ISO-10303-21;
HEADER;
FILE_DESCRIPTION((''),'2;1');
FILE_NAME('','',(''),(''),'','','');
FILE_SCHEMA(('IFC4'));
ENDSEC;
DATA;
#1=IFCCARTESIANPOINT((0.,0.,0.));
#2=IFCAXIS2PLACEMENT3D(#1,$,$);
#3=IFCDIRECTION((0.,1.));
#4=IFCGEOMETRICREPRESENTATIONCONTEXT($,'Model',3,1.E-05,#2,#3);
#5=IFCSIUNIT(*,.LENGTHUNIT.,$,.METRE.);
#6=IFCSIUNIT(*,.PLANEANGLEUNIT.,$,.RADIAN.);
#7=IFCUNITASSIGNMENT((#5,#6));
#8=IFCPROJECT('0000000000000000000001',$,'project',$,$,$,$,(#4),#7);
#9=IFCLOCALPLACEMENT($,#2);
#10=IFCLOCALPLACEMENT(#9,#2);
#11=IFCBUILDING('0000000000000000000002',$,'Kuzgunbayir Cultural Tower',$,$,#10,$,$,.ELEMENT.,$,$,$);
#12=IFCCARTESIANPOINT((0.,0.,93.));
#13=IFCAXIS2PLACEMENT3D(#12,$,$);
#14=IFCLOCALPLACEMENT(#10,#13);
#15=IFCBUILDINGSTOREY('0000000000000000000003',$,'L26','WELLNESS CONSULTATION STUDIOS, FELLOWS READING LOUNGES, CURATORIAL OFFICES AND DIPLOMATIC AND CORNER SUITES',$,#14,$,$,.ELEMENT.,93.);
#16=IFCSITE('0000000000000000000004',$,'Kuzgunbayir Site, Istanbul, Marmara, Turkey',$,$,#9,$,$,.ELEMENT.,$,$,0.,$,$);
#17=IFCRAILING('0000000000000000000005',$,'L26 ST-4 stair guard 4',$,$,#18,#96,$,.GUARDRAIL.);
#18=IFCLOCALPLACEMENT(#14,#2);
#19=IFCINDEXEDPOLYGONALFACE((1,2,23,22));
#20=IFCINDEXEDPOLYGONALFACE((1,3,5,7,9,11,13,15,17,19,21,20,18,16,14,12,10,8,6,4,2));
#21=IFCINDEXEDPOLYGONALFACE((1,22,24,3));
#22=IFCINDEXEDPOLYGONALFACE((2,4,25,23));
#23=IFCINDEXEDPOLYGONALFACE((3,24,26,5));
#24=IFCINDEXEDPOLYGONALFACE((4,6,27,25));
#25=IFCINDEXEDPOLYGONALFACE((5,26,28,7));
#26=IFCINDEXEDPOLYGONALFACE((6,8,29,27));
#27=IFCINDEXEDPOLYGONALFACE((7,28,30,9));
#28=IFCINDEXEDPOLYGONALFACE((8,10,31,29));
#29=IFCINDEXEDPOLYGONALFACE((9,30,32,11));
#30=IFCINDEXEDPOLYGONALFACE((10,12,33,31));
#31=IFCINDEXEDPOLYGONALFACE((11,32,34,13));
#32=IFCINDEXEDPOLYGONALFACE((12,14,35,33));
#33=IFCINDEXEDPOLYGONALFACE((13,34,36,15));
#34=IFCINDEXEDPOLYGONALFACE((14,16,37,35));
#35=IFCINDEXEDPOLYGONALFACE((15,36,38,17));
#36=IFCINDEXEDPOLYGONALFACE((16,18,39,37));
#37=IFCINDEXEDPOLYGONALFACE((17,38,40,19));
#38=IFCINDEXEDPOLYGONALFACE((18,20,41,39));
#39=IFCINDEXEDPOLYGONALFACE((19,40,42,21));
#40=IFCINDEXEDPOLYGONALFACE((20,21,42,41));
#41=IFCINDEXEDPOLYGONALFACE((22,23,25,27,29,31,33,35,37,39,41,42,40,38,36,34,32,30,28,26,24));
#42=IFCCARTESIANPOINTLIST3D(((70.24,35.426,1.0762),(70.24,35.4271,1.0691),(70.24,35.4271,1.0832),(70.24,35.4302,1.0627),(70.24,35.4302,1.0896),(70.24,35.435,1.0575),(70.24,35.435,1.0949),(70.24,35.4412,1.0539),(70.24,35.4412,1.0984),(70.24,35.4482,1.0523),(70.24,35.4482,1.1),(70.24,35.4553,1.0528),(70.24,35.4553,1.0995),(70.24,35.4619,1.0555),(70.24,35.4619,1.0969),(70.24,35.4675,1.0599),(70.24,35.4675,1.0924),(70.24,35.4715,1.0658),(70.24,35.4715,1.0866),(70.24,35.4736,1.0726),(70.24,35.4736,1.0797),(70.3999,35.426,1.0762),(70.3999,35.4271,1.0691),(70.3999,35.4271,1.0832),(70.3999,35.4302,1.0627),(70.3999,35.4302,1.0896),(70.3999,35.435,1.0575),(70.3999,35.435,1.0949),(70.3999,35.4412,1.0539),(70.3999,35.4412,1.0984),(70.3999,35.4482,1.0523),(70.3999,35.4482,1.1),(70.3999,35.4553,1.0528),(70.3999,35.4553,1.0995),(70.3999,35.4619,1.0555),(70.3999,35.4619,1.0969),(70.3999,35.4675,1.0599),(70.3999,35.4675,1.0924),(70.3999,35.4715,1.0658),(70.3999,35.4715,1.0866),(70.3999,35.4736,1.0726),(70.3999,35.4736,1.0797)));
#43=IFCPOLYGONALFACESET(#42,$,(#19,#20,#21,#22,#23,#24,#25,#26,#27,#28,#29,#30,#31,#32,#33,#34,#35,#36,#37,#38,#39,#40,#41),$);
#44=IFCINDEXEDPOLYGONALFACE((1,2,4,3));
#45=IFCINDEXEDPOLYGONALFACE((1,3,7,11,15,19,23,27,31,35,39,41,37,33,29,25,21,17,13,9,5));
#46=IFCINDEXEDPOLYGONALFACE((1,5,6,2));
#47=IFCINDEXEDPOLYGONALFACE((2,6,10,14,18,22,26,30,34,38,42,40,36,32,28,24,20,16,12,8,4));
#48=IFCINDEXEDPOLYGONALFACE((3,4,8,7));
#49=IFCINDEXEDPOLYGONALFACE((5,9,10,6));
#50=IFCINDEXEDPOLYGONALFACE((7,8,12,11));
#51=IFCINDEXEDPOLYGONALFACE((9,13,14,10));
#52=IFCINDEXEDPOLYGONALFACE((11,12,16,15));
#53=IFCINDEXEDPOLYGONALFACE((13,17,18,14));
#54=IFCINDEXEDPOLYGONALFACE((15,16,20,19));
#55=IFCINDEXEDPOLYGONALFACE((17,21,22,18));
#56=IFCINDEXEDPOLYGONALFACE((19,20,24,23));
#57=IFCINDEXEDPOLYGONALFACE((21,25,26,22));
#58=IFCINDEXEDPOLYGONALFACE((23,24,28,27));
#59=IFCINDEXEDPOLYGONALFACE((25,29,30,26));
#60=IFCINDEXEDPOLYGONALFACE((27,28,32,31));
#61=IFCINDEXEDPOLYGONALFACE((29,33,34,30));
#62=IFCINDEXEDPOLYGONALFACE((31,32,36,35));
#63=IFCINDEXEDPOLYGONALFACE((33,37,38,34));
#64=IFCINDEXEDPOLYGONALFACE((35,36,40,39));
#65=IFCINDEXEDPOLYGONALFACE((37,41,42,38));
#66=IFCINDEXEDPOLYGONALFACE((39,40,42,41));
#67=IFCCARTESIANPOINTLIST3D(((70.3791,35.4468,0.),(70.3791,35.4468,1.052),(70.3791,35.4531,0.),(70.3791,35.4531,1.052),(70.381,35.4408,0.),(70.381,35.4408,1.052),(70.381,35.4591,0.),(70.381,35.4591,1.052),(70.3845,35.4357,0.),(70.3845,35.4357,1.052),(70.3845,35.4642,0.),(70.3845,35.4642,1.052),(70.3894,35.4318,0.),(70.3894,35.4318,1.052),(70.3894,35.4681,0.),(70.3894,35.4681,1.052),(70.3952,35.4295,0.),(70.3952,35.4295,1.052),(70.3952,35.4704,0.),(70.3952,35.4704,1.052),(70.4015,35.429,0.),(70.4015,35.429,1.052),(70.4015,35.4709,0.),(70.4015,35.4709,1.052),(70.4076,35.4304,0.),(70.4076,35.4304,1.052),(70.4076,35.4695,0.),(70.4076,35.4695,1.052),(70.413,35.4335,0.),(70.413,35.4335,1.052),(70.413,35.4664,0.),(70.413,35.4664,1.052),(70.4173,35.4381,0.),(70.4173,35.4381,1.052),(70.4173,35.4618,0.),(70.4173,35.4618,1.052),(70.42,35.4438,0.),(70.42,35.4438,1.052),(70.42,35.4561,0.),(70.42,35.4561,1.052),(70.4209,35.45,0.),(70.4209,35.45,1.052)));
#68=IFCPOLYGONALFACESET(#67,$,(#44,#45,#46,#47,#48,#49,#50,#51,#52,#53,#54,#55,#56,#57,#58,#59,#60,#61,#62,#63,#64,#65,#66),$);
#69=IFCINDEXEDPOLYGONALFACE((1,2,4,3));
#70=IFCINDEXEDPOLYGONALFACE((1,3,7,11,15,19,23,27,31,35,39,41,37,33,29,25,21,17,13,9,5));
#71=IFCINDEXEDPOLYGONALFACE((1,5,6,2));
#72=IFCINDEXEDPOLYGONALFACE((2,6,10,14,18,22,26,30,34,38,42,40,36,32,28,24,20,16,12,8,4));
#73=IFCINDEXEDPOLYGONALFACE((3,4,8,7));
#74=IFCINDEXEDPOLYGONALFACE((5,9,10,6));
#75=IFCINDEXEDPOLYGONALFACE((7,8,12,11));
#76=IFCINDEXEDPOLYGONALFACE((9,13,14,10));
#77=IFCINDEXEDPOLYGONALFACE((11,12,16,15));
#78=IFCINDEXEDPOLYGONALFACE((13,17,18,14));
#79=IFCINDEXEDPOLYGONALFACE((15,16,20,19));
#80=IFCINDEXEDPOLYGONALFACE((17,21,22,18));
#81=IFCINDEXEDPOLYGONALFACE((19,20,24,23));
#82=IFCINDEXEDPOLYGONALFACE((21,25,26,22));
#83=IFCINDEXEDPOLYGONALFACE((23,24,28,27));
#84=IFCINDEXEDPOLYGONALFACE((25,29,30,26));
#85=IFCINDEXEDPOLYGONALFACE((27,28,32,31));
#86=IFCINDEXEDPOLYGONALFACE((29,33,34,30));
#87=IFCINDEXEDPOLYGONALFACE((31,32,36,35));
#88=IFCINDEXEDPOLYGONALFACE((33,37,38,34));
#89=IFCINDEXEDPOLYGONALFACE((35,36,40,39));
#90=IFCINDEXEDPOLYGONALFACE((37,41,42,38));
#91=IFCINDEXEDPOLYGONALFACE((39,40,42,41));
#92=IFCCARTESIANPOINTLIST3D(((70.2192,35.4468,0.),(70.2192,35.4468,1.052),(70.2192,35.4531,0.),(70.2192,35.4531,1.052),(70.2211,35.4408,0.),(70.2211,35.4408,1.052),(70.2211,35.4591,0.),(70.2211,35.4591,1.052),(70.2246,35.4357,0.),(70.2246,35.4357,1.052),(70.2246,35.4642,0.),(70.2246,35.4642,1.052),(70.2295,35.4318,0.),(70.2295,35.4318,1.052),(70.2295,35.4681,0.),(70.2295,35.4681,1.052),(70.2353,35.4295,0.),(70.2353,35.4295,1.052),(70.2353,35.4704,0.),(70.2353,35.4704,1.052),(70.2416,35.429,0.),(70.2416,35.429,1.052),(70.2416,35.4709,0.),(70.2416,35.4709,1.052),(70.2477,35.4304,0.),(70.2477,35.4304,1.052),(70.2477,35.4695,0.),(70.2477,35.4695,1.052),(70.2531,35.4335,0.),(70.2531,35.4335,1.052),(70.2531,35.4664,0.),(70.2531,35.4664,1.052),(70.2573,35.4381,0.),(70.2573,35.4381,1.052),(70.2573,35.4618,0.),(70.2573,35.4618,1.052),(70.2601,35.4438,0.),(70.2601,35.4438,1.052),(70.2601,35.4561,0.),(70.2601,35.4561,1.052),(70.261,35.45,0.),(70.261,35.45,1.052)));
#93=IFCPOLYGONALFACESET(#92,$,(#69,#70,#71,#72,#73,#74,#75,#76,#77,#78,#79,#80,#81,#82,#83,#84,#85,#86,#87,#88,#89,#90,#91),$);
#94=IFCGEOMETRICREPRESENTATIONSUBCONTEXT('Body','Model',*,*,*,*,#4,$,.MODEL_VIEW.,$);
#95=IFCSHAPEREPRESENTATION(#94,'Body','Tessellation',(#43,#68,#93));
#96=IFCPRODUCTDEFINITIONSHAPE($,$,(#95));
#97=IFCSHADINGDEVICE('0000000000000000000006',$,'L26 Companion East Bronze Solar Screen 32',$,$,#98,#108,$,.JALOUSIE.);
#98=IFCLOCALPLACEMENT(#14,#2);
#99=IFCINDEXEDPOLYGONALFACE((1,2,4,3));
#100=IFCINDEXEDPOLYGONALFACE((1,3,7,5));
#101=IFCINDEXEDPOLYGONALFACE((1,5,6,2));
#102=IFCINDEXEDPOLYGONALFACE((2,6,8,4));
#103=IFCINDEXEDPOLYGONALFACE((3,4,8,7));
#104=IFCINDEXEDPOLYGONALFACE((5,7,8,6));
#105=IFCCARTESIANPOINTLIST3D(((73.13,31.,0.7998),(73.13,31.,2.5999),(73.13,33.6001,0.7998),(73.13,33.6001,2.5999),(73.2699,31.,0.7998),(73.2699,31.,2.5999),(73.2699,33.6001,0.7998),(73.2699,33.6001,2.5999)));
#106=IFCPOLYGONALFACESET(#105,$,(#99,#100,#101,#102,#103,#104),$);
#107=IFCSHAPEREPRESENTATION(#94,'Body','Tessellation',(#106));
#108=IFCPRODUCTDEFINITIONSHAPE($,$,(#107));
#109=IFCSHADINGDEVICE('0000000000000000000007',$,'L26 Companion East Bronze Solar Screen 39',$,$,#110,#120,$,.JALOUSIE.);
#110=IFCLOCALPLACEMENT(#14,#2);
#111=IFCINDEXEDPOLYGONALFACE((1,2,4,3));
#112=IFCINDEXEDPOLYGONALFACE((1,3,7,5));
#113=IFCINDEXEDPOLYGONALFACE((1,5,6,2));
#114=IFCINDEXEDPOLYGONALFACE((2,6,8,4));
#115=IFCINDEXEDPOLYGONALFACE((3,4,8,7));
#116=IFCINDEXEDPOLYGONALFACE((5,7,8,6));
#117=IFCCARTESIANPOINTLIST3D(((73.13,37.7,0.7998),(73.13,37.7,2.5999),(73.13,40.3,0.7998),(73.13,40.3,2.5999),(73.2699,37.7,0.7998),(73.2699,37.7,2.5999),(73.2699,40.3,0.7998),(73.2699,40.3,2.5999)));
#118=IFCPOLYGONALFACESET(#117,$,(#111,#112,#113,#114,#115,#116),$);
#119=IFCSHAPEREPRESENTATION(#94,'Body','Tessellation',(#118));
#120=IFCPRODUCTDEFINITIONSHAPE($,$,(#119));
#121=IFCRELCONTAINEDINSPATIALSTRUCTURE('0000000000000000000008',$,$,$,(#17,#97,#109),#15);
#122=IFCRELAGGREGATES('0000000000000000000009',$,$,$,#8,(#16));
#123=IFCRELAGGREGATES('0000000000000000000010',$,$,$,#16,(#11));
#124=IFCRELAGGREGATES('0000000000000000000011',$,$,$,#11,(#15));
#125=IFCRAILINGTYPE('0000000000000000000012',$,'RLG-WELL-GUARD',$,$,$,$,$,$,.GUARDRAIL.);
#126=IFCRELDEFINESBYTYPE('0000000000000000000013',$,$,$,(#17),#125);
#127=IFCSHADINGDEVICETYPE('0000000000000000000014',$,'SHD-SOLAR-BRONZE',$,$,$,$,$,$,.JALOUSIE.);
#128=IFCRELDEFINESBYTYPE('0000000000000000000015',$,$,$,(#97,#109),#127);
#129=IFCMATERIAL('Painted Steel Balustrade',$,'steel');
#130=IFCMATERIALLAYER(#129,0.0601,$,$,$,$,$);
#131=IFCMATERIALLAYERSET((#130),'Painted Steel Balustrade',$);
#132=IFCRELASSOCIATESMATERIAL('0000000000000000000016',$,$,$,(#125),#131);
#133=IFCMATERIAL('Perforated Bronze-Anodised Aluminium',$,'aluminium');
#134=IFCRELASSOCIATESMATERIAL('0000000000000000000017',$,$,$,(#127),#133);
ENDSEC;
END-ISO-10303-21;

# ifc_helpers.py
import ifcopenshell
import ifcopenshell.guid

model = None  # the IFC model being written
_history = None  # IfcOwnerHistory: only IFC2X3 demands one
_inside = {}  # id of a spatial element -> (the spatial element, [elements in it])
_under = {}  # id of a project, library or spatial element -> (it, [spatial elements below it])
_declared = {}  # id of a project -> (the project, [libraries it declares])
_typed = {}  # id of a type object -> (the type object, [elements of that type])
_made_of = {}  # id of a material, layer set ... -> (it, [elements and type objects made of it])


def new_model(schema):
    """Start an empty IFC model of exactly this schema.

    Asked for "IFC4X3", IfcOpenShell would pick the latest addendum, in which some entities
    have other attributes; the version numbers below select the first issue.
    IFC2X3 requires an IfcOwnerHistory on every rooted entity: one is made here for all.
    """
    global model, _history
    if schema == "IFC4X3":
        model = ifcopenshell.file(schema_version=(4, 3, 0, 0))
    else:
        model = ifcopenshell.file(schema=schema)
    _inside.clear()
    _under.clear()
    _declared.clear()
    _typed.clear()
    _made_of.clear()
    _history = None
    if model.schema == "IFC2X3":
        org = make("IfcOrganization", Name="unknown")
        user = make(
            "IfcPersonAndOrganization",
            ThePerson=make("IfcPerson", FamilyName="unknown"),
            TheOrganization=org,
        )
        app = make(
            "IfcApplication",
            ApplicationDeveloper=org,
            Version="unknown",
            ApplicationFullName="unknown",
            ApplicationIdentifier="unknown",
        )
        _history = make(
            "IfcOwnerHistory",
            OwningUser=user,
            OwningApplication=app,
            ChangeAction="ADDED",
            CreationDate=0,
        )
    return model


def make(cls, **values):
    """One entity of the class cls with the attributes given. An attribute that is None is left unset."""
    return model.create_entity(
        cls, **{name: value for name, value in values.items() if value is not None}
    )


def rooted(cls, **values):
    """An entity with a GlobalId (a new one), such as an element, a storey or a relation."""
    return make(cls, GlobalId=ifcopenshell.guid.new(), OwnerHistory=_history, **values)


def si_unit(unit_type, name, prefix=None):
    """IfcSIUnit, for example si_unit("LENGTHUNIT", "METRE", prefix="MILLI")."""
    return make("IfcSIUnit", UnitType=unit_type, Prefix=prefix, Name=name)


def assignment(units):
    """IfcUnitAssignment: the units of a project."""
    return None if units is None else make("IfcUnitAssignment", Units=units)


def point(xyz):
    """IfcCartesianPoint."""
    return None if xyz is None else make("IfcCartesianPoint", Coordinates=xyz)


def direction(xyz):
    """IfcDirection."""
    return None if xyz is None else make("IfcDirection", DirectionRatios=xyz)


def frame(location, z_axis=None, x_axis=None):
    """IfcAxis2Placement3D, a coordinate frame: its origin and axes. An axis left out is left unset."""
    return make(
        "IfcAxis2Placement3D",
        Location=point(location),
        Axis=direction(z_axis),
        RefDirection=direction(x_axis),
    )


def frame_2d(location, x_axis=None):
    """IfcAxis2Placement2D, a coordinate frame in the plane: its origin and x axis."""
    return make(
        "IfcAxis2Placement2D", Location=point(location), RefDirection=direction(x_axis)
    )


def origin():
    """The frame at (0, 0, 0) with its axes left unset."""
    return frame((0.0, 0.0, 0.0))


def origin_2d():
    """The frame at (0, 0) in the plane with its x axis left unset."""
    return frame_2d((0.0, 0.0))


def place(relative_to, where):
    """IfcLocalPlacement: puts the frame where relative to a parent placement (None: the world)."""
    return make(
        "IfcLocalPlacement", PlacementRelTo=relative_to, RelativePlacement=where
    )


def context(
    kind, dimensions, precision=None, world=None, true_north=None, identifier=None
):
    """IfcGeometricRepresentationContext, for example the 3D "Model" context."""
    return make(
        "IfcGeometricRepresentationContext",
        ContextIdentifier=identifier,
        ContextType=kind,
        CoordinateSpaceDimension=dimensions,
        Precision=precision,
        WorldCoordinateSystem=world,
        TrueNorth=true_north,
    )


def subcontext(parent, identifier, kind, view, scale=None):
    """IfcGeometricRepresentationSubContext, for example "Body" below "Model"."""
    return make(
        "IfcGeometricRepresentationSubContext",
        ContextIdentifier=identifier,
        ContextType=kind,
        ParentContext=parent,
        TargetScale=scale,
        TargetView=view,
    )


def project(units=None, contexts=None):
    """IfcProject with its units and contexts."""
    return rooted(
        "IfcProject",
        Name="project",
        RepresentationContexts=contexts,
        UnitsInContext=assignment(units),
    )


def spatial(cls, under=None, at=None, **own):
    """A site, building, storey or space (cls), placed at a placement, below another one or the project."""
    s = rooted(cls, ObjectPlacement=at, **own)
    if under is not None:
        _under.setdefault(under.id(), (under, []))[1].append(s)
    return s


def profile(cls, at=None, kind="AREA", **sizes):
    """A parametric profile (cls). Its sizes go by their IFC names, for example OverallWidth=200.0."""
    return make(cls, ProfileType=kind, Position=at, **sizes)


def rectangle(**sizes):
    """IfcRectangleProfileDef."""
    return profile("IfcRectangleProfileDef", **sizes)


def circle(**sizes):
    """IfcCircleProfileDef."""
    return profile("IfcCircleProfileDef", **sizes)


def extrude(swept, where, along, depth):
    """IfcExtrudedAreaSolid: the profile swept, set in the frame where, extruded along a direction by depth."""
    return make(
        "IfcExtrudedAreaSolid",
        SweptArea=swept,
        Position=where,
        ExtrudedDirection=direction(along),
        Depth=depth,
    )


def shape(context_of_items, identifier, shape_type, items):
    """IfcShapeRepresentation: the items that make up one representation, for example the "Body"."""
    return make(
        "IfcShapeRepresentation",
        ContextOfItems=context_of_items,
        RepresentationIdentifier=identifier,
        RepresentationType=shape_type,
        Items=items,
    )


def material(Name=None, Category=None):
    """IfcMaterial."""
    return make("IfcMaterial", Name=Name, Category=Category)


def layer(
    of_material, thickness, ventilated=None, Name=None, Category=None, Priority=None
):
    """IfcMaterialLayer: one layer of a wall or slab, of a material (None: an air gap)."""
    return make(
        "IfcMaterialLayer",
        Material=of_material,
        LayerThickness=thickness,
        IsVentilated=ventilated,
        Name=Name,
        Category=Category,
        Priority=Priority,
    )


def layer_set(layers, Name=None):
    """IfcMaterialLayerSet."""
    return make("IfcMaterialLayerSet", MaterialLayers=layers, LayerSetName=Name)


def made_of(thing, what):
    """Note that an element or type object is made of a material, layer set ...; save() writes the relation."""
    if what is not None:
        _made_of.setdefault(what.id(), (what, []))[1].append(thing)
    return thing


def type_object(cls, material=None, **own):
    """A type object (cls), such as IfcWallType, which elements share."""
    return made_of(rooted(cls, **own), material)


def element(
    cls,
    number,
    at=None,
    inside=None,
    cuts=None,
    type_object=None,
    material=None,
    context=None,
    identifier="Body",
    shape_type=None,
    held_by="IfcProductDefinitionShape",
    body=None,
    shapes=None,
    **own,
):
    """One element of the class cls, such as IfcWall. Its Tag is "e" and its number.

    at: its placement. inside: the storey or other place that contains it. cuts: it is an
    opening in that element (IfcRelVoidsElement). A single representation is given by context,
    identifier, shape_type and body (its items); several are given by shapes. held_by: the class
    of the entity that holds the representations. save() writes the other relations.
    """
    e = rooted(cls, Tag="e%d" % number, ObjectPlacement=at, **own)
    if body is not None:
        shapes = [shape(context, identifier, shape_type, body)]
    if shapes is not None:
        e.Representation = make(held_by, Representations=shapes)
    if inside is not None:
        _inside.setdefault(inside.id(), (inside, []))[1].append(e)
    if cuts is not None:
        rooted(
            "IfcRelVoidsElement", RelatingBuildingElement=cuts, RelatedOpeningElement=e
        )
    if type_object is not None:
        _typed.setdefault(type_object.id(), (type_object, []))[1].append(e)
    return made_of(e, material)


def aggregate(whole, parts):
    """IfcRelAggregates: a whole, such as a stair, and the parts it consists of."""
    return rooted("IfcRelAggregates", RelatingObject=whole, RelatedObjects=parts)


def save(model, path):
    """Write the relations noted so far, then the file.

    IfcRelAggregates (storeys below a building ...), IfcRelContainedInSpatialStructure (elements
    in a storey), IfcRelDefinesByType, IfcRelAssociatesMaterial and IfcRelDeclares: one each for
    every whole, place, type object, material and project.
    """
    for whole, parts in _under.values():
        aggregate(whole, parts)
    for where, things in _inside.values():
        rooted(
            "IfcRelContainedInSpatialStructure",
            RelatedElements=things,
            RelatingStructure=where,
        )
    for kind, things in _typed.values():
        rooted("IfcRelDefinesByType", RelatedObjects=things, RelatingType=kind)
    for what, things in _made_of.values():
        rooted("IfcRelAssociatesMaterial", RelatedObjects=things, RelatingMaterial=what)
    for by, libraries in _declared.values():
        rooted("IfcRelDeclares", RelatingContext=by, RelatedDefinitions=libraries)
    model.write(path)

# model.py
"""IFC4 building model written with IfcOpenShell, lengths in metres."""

from ifc_helpers import new_model, si_unit, direction, frame, origin, origin_2d, place, context, subcontext, project, spatial, rectangle, circle, extrude, material, layer, layer_set, type_object, element, save


model = new_model("IFC4")

# Units and contexts
model_context = context("Model", 3, precision=1e-05, world=origin(), true_north=direction((0.0, 1.0)))
body_context = subcontext(model_context, "Body", "Model", "MODEL_VIEW")
ifc_project = project(units=[si_unit("LENGTHUNIT", "METRE"), si_unit("PLANEANGLEUNIT", "RADIAN")], contexts=[model_context])

# Site, building, storey
site_placement = place(None, origin())
site = spatial("IfcSite", under=ifc_project, at=site_placement, Name="Kuzgunbayir Site, Istanbul, Marmara, Turkey", CompositionType="ELEMENT", RefElevation=0.0)
building_placement = place(site_placement, origin())
building = spatial("IfcBuilding", under=site, at=building_placement, Name="Kuzgunbayir Cultural Tower", CompositionType="ELEMENT")
storey_placement = place(building_placement, frame((0.0, 0.0, 93.0)))
storey = spatial("IfcBuildingStorey", under=building, at=storey_placement, Name="L26", Description="WELLNESS CONSULTATION STUDIOS, FELLOWS READING LOUNGES, CURATORIAL OFFICES AND DIPLOMATIC AND CORNER SUITES", CompositionType="ELEMENT", Elevation=93.0)

# Railing
ifc_material_1 = material(Name="Painted Steel Balustrade", Category="steel")
ifc_layer_1 = layer(ifc_material_1, 0.0601)
ifc_layer_set_1 = layer_set([ifc_layer_1], Name="Painted Steel Balustrade")
railing_type_1 = type_object("IfcRailingType", Name="RLG-WELL-GUARD", PredefinedType="GUARDRAIL", material=ifc_layer_set_1)
railing_1_placement = place(storey_placement, frame((70.3999, 35.45, 0.0)))
element("IfcRailing", 1, at=railing_1_placement, inside=storey, type_object=railing_type_1, Name="L26 ST-4 stair guard 4", PredefinedType="GUARDRAIL", context=body_context, shape_type="SweptSolid", body=[
    extrude(circle(Radius=0.0239, at=origin_2d()), frame((0.0, 0.0, 1.0762), z_axis=(-1.0, 0.0, 0.0), x_axis=(0.0, -1.0, 0.0)), (0.0, 0.0, 1.0), 0.1599),
    extrude(circle(Radius=0.021, at=origin_2d()), origin(), (0.0, 0.0, 1.0), 1.052),
    extrude(circle(Radius=0.021, at=origin_2d()), frame((-0.1599, 0.0, 0.0)), (0.0, 0.0, 1.0), 1.052),
])

# Shading devices
ifc_material_2 = material(Name="Perforated Bronze-Anodised Aluminium", Category="aluminium")
shading_device_type = type_object("IfcShadingDeviceType", Name="SHD-SOLAR-BRONZE", PredefinedType="JALOUSIE", material=ifc_material_2)
for number, where, z_axis, x_axis, name in (
    (2, (73.2, 32.3, 0.7998), (0.0, 0.0, 1.0), (1.0, 0.0, 0.0), "L26 Companion East Bronze Solar Screen 32"),
    (3, (73.2, 39.0, 0.7998), (0.0, 0.0, 1.0), (1.0, 0.0, 0.0), "L26 Companion East Bronze Solar Screen 39"),
):
    element("IfcShadingDevice", number, at=place(storey_placement, frame(where, z_axis=z_axis, x_axis=x_axis)), inside=storey, type_object=shading_device_type, Name=name, PredefinedType="JALOUSIE", context=body_context, shape_type="SweptSolid", body=[
        extrude(rectangle(XDim=0.1399, YDim=2.6001, at=origin_2d()), origin(), (0.0, 0.0, 1.0), 1.8),
    ])

save(model, "model.ifc")
